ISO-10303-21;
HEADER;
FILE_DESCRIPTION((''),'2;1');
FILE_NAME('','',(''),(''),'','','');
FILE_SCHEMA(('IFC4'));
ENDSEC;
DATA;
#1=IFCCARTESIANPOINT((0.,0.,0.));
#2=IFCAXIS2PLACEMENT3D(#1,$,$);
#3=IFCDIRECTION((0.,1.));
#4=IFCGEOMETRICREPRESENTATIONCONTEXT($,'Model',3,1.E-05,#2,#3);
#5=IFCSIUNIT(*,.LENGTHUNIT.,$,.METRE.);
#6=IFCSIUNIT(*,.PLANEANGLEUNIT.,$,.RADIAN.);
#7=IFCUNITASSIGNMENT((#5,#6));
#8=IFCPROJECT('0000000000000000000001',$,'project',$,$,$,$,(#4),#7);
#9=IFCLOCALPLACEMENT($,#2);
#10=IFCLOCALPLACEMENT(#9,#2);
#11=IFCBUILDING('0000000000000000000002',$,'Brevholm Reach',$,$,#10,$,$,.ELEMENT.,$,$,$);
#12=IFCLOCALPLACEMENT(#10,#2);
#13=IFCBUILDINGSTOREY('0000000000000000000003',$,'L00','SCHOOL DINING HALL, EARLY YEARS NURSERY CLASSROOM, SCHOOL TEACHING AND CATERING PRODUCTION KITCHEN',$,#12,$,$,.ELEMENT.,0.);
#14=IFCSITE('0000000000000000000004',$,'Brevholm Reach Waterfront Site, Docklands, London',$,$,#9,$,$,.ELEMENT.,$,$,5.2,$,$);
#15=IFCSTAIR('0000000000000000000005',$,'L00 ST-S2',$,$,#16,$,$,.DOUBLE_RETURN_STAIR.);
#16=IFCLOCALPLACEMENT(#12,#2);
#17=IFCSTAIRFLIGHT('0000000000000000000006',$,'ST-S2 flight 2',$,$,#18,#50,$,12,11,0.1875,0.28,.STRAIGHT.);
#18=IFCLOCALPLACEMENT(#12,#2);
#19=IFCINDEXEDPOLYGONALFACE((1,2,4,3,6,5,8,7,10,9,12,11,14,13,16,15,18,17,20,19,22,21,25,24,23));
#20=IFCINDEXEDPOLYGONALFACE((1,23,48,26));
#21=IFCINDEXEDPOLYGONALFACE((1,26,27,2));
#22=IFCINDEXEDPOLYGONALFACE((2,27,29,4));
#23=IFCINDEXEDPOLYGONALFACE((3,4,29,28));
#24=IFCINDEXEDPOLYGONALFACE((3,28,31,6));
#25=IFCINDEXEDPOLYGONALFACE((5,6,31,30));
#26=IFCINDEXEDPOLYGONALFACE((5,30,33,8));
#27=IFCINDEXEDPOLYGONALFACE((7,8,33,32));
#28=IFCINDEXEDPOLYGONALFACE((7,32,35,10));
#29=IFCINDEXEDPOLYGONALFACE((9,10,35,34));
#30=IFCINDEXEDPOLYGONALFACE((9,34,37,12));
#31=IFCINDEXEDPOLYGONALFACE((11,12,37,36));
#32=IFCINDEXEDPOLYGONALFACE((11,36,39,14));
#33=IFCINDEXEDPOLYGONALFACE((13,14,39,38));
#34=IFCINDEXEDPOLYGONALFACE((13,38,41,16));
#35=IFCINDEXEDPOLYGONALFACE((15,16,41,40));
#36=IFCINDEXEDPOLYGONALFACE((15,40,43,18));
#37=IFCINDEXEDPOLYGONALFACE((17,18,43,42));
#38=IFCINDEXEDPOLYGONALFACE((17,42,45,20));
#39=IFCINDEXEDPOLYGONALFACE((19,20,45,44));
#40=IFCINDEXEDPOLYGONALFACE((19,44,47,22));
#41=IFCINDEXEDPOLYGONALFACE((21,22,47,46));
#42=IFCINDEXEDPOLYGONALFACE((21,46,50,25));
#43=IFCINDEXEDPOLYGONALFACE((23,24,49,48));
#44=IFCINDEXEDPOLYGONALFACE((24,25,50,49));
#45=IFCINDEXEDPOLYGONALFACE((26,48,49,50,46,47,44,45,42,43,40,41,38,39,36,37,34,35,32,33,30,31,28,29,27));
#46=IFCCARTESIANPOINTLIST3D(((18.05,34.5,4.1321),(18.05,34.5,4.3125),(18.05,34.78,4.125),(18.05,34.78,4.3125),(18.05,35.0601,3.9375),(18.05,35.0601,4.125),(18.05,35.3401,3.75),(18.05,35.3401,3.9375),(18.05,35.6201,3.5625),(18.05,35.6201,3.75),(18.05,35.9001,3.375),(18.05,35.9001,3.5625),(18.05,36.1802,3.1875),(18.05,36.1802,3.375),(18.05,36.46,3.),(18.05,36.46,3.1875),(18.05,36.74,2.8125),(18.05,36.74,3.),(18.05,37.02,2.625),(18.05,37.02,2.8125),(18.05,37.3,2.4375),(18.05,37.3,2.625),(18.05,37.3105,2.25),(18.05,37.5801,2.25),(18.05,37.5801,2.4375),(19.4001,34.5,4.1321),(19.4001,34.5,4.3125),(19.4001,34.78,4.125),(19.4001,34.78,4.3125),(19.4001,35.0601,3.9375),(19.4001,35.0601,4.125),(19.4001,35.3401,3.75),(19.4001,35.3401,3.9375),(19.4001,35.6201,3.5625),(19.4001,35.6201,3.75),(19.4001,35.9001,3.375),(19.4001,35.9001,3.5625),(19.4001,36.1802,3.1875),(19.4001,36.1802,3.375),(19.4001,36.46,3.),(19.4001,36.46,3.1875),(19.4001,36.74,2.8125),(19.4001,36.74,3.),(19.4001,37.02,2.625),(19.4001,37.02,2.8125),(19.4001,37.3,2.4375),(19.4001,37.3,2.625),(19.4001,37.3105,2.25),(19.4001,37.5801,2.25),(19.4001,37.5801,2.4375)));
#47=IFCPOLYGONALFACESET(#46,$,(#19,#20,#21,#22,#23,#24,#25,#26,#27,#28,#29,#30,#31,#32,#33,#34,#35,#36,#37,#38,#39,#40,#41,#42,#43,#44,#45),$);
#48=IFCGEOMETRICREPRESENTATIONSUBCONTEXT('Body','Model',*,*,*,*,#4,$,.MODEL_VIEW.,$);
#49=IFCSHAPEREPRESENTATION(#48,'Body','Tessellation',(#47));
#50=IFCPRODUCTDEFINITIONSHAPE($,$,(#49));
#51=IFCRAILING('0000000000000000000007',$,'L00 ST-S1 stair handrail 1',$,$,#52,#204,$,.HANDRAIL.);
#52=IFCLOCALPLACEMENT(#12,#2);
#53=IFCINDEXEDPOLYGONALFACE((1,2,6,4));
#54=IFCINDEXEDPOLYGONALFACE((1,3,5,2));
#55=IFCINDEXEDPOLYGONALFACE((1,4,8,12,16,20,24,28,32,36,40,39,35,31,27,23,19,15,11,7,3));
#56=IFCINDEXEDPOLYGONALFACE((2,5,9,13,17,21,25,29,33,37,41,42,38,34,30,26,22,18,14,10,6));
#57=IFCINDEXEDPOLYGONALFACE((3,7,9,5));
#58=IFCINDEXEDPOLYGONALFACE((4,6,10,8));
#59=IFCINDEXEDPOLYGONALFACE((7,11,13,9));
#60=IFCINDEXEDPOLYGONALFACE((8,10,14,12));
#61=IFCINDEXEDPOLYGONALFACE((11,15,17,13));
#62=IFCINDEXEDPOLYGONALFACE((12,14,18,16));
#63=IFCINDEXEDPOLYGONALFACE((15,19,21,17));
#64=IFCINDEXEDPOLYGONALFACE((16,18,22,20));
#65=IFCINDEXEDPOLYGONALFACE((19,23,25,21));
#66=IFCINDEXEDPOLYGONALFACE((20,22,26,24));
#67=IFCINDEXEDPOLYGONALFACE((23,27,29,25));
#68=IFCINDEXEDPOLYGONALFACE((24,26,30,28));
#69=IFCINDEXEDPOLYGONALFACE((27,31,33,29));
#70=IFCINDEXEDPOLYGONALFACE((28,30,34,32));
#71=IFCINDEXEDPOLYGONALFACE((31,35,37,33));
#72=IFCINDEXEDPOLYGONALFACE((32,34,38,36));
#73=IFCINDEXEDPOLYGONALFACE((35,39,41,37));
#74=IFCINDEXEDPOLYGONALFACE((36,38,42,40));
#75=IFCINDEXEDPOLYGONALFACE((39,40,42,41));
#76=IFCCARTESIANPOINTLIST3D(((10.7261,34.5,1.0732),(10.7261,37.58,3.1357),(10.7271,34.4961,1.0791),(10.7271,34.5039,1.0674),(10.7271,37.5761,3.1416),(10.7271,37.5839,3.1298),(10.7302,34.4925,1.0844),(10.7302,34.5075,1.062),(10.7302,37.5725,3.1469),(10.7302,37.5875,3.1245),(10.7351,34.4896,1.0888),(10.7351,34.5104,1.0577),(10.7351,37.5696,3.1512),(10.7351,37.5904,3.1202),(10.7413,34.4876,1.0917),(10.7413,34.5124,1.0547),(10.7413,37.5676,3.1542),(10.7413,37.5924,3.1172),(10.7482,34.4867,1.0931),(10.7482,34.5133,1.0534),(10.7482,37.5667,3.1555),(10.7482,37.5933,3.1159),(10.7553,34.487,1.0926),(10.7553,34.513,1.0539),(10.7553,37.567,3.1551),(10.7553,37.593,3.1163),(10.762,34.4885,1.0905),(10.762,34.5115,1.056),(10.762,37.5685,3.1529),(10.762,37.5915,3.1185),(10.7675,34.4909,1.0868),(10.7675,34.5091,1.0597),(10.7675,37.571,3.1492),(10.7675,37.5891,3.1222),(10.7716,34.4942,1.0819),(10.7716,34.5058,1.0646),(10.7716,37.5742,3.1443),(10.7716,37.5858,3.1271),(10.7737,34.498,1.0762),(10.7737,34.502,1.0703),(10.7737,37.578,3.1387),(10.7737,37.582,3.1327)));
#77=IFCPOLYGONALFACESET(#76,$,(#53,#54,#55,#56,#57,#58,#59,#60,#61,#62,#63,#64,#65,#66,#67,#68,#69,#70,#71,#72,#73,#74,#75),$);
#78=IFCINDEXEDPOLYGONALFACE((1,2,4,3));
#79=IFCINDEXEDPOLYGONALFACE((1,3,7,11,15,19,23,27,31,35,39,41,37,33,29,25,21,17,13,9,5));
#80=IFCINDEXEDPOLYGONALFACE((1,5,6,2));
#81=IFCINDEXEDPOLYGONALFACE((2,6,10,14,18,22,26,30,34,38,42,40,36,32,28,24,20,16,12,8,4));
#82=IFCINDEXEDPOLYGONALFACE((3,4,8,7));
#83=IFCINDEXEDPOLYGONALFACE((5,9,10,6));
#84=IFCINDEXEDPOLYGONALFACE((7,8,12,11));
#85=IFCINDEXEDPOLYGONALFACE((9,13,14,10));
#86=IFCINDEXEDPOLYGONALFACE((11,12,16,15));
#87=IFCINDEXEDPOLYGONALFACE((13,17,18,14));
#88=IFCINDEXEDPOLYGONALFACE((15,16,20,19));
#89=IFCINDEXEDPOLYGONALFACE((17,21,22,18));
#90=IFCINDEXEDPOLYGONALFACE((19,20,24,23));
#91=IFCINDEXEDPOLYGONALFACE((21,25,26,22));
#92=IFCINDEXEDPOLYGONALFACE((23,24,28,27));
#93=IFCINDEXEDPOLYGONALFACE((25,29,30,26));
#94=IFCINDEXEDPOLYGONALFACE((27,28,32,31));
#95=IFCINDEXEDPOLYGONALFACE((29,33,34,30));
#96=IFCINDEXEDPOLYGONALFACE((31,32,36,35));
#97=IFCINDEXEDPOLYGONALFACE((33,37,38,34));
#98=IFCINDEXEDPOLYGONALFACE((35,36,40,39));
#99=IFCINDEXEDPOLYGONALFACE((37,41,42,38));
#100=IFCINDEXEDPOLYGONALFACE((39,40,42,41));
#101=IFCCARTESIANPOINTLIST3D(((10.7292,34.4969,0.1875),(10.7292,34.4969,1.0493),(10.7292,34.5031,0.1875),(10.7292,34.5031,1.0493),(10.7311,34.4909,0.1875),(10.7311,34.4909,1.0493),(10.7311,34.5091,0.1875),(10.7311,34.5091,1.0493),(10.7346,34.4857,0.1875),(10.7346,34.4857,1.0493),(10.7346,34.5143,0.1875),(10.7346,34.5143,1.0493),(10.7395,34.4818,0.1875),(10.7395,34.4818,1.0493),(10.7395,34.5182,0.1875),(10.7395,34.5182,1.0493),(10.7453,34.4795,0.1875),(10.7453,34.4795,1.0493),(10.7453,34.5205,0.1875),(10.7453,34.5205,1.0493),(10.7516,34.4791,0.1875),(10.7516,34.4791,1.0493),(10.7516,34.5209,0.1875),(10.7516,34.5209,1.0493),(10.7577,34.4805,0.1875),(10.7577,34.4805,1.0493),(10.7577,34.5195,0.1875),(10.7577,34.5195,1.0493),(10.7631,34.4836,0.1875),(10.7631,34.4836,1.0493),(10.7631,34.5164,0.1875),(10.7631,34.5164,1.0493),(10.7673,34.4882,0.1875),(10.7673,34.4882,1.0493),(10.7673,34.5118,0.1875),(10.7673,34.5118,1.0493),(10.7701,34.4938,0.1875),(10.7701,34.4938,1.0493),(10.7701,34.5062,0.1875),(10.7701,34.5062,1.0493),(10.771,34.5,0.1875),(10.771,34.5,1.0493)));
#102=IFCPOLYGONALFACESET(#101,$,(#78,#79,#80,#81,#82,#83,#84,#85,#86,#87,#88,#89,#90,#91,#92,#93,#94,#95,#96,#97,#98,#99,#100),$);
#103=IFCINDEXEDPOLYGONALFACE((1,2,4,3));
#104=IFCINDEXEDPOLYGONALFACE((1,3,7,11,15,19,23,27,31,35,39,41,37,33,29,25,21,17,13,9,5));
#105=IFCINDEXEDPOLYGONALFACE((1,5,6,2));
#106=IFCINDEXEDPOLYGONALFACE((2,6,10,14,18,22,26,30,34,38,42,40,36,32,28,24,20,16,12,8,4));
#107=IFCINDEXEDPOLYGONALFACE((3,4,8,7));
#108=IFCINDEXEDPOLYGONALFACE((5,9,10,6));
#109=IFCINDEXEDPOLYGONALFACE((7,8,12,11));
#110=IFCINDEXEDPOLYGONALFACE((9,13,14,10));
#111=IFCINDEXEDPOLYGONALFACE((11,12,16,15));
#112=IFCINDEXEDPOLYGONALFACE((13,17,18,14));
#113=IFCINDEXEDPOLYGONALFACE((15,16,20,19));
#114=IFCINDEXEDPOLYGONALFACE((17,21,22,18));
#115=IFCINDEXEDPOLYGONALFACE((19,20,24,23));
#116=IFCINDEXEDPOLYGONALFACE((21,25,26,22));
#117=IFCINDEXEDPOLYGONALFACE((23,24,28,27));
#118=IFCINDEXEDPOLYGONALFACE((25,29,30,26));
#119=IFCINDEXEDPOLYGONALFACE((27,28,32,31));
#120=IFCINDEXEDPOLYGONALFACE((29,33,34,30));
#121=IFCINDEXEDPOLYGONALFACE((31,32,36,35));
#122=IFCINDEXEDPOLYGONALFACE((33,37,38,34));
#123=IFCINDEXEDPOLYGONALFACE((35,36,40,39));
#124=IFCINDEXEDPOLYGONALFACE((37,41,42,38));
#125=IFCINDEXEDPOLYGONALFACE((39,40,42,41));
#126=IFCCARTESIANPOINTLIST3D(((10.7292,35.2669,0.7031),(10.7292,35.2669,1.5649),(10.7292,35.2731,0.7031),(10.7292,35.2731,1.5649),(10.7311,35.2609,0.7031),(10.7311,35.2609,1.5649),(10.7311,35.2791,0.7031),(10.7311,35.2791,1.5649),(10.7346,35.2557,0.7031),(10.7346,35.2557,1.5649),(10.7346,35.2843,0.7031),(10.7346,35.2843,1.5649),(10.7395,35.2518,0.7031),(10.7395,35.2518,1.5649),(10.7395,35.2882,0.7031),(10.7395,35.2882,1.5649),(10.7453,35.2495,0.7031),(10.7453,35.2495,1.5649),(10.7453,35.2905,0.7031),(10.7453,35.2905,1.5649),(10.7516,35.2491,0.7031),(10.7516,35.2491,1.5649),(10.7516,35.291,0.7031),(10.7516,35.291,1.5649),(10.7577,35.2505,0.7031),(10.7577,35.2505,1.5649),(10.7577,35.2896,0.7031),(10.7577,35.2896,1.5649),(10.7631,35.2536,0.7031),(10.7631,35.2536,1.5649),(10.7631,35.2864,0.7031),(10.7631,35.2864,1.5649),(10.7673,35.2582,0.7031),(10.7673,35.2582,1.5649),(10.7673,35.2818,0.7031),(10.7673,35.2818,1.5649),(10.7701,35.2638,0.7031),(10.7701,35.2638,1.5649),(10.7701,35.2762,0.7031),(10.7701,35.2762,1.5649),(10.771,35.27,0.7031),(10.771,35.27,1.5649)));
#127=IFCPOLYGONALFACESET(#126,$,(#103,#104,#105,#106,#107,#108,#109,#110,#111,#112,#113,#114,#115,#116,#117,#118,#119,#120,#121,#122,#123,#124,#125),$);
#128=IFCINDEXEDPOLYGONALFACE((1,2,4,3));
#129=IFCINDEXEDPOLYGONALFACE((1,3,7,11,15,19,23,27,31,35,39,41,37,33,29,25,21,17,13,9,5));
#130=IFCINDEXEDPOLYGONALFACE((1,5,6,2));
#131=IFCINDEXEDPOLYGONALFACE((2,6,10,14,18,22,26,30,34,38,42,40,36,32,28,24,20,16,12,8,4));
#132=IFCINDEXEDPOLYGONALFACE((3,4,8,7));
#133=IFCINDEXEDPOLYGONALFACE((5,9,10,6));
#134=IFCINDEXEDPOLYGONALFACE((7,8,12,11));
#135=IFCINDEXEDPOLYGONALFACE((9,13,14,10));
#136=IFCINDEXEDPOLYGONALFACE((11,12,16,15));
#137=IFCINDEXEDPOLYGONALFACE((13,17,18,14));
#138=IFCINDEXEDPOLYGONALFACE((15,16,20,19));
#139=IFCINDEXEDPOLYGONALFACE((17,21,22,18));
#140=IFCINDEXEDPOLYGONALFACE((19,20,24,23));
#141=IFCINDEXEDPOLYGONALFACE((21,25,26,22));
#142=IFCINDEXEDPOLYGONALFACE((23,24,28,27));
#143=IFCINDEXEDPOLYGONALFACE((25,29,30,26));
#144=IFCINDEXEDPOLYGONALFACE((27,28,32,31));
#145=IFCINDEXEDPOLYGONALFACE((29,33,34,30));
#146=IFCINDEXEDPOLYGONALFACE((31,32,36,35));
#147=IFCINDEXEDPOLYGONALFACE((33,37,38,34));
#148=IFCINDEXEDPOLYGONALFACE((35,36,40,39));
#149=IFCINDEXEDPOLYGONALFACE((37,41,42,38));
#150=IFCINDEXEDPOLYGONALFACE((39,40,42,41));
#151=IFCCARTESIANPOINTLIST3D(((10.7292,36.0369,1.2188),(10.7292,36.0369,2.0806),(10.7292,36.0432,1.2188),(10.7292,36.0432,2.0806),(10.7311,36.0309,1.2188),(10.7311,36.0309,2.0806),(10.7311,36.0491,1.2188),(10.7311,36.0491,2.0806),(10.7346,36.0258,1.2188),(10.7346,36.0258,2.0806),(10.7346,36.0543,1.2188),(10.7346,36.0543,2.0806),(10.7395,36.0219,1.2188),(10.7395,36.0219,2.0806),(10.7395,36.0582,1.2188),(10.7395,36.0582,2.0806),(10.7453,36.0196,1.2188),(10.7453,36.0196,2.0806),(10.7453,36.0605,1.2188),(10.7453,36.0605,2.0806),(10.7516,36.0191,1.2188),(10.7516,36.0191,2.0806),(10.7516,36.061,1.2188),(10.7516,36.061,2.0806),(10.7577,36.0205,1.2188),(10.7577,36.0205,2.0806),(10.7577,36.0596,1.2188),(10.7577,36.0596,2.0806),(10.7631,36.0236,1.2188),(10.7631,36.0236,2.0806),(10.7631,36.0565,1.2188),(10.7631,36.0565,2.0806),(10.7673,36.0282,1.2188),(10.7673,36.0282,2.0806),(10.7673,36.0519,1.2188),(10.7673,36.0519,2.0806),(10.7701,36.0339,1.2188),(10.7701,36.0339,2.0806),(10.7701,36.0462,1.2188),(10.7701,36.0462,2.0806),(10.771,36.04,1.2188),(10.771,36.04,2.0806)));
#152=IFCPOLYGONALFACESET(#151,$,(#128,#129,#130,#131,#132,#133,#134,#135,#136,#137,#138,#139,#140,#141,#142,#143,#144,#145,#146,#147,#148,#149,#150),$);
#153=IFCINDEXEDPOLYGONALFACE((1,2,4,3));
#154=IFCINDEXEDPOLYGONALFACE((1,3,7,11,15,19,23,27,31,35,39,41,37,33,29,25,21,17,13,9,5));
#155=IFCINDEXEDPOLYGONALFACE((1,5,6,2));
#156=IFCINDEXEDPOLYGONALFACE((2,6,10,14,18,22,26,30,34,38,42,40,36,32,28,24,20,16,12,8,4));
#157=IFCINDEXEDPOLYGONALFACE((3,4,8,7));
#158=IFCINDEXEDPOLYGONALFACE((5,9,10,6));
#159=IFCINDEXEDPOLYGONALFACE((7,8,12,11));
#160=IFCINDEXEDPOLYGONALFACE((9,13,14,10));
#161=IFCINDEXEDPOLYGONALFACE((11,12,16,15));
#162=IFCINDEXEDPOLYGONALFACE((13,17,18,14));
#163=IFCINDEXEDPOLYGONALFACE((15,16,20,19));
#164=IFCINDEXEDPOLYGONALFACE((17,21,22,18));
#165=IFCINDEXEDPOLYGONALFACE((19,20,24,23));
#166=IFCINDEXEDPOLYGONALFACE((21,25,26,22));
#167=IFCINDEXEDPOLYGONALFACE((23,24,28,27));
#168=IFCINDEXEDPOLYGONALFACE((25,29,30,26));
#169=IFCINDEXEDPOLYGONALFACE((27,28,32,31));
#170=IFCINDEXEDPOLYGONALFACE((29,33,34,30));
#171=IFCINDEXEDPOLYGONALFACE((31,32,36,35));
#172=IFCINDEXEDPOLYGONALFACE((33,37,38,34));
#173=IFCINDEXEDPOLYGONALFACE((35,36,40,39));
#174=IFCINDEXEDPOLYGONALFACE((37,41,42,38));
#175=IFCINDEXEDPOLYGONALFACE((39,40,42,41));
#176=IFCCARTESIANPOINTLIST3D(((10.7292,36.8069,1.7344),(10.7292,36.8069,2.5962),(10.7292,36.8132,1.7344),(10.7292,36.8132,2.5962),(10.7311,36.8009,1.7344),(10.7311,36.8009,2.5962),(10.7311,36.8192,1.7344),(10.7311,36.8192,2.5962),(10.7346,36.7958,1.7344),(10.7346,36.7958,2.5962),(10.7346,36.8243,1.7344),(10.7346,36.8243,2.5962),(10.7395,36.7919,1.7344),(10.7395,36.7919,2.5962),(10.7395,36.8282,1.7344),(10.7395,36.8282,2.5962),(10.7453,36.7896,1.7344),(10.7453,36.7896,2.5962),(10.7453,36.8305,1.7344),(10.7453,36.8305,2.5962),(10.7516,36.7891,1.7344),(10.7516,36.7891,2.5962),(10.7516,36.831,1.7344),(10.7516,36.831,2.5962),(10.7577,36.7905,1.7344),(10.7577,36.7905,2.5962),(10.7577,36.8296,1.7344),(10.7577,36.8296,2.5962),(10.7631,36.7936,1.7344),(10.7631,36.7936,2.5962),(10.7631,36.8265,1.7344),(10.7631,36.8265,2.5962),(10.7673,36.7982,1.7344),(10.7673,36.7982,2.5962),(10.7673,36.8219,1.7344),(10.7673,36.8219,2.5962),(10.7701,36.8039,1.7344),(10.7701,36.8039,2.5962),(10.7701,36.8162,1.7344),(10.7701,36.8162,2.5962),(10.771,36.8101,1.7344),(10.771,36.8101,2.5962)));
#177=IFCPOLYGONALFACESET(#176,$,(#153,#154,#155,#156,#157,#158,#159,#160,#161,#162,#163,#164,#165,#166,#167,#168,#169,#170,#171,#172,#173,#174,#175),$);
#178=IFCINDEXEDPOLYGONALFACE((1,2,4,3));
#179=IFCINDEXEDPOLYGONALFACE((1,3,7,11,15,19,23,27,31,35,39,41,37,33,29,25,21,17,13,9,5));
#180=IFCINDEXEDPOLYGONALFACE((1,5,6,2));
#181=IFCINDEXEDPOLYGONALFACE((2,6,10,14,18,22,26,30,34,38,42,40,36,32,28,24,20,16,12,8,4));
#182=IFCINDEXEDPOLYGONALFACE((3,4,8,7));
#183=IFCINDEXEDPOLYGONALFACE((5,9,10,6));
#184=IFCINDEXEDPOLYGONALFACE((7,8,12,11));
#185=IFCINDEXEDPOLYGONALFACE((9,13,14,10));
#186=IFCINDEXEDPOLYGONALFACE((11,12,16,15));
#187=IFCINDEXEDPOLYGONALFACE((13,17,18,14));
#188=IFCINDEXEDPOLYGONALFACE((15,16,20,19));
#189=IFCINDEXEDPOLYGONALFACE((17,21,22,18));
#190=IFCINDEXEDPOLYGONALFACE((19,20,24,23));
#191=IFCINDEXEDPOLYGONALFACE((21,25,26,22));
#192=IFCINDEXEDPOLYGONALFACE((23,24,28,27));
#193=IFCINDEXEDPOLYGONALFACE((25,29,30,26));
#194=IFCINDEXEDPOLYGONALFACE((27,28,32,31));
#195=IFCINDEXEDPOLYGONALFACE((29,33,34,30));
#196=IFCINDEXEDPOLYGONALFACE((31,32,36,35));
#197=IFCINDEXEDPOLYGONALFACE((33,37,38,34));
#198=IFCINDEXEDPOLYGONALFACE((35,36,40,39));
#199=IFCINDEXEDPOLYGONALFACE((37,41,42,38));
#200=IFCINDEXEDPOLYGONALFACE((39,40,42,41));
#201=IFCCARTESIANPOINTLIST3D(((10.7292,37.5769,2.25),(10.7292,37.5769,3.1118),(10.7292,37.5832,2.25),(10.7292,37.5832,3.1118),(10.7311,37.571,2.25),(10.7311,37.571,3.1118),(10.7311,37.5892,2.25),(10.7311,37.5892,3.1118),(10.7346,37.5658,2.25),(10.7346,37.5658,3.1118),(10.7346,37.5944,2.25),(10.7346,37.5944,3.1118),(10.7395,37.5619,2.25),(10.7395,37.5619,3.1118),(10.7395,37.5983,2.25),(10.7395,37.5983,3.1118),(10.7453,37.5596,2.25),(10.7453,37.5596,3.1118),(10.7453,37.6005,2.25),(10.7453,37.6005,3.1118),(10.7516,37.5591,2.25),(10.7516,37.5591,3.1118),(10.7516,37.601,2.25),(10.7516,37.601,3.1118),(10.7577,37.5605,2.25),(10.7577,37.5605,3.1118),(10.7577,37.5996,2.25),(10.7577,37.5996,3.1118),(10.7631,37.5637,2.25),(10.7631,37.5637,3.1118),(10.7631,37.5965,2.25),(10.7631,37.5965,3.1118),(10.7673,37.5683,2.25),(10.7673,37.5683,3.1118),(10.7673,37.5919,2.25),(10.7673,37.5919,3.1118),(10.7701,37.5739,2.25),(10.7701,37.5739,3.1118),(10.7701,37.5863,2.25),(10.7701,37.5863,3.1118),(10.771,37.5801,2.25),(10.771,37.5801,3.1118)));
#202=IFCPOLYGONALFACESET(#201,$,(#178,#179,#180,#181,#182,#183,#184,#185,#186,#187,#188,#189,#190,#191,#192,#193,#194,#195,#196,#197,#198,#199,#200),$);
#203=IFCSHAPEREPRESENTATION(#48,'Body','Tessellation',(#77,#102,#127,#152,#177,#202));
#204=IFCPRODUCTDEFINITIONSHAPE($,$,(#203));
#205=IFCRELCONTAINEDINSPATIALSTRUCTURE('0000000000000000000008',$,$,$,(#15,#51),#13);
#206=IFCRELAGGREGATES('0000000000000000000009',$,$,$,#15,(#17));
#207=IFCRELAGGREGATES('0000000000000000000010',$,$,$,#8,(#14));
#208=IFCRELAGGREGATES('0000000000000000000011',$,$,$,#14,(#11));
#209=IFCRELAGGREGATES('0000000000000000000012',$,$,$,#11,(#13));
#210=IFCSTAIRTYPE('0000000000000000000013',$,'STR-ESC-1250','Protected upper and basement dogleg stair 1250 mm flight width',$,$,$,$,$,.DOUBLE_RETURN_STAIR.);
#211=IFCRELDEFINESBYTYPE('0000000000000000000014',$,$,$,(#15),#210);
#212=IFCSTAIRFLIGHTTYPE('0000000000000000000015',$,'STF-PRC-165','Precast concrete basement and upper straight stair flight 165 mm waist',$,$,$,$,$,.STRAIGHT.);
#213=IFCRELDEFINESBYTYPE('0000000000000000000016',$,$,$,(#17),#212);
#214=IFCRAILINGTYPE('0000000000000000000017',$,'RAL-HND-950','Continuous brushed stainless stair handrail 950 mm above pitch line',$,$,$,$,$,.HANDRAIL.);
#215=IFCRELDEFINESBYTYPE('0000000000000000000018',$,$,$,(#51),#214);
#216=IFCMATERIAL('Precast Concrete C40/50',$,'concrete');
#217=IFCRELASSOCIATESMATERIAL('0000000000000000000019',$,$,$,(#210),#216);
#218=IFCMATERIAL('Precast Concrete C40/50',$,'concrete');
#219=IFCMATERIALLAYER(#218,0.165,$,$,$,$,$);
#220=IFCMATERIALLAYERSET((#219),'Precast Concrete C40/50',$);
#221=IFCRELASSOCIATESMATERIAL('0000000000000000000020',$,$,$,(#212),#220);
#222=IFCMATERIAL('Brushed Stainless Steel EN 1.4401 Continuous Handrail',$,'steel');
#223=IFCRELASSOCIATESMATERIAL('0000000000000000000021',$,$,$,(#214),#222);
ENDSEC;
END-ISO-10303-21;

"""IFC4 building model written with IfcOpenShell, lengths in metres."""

from ifc_helpers import new_model, si_unit, direction, frame, origin, origin_2d, place, context, subcontext, project, spatial, polyline, circle, outline, extrude, material, layer, layer_set, type_object, element, aggregate, save


model = new_model("IFC4")

# Units and contexts
model_context = context("Model", 3, precision=1e-05, world=origin(), true_north=direction((0.0, 1.0)))
body_context = subcontext(model_context, "Body", "Model", "MODEL_VIEW")
ifc_project = project(units=[si_unit("LENGTHUNIT", "METRE"), si_unit("PLANEANGLEUNIT", "RADIAN")], contexts=[model_context])

# Site, building, storey
site_placement = place(None, origin())
site = spatial("IfcSite", under=ifc_project, at=site_placement, Name="Brevholm Reach Waterfront Site, Docklands, London", CompositionType="ELEMENT", RefElevation=5.2)
building_placement = place(site_placement, origin())
building = spatial("IfcBuilding", under=site, at=building_placement, Name="Brevholm Reach", CompositionType="ELEMENT")
storey_placement = place(building_placement, origin())
storey = spatial("IfcBuildingStorey", under=building, at=storey_placement, Name="L00", Description="SCHOOL DINING HALL, EARLY YEARS NURSERY CLASSROOM, SCHOOL TEACHING AND CATERING PRODUCTION KITCHEN", CompositionType="ELEMENT", Elevation=0.0)

# Stair, stair flight
ifc_material_1 = material(Name="Precast Concrete C40/50", Category="concrete")
stair_type = type_object("IfcStairType", Name="STR-ESC-1250", Description="Protected upper and basement dogleg stair 1250 mm flight width", PredefinedType="DOUBLE_RETURN_STAIR", material=ifc_material_1)
stair_placement = place(storey_placement, origin())
stair = element("IfcStair", 1, at=stair_placement, inside=storey, type_object=stair_type, Name="L00 ST-S2", PredefinedType="DOUBLE_RETURN_STAIR")
ifc_material_2 = material(Name="Precast Concrete C40/50", Category="concrete")
ifc_layer_1 = layer(ifc_material_2, 0.165)
ifc_layer_set_1 = layer_set([ifc_layer_1], Name="Precast Concrete C40/50")
stair_flight_type = type_object("IfcStairFlightType", Name="STF-PRC-165", Description="Precast concrete basement and upper straight stair flight 165 mm waist", PredefinedType="STRAIGHT", material=ifc_layer_set_1)
stair_flight_1_placement = place(storey_placement, frame((18.7251, 37.5801, 2.25), z_axis=(0.0, 0.0, 1.0), x_axis=(0.0, -1.0, 0.0)))
stair_flight_1 = element("IfcStairFlight", 2, at=stair_flight_1_placement, type_object=stair_flight_type, Name="ST-S2 flight 2", NumberOfRisers=12, NumberOfTreads=11, PredefinedType="STRAIGHT", RiserHeight=0.1875, TreadLength=0.28, context=body_context, shape_type="SweptSolid", body=[
    extrude(outline(polyline([(0.0, 0.0), (0.0, 0.1875), (0.28, 0.1875), (0.28, 0.375), (0.5601, 0.375), (0.5601, 0.5625), (0.8401, 0.5625), (0.8401, 0.75), (1.1201, 0.75), (1.1201, 0.9375), (1.3999, 0.9375), (1.3999, 1.125), (1.6799, 1.125), (1.6799, 1.3125), (1.96, 1.3125), (1.96, 1.5), (2.24, 1.5), (2.24, 1.6875), (2.52, 1.6875), (2.52, 1.875), (2.8, 1.875), (2.8, 2.0625), (3.0801, 2.0625), (3.0801, 2.25), (3.0801, 1.8821), (0.2695, 0.0), (0.0, 0.0)])), frame((0.0, 0.675, 0.0), z_axis=(0.0, -1.0, 0.0), x_axis=(1.0, 0.0, 0.0)), (0.0, 0.0, 1.0), 1.3501),
])
aggregate(stair, [stair_flight_1])

# Railing
ifc_material_3 = material(Name="Brushed Stainless Steel EN 1.4401 Continuous Handrail", Category="steel")
railing_type_1 = type_object("IfcRailingType", Name="RAL-HND-950", Description="Continuous brushed stainless stair handrail 950 mm above pitch line", PredefinedType="HANDRAIL", material=ifc_material_3)
for number, where, name in (
    (3, (10.75, 34.5, 0.1875), "L00 ST-S1 stair handrail 1"),
):
    element("IfcRailing", number, at=place(storey_placement, frame(where)), inside=storey, type_object=railing_type_1, Name=name, PredefinedType="HANDRAIL", context=body_context, shape_type="SweptSolid", body=[
        extrude(circle(Radius=0.0239, at=origin_2d()), frame((0.0, 0.0, 0.8857), z_axis=(0.0, 0.830914, 0.556401), x_axis=(-1.0, 0.0, 0.0)), (0.0, 0.0, 1.0), 3.7068),
        extrude(circle(Radius=0.021, at=origin_2d()), origin(), (0.0, 0.0, 1.0), 0.8618),
        extrude(circle(Radius=0.021, at=origin_2d()), frame((0.0, 0.77, 0.5156)), (0.0, 0.0, 1.0), 0.8618),
        extrude(circle(Radius=0.021, at=origin_2d()), frame((0.0, 1.54, 1.0312)), (0.0, 0.0, 1.0), 0.8618),
        extrude(circle(Radius=0.021, at=origin_2d()), frame((0.0, 2.3101, 1.5469)), (0.0, 0.0, 1.0), 0.8618),
        extrude(circle(Radius=0.021, at=origin_2d()), frame((0.0, 3.0801, 2.0625)), (0.0, 0.0, 1.0), 0.8618),
    ])

save(model, "model.ifc")
